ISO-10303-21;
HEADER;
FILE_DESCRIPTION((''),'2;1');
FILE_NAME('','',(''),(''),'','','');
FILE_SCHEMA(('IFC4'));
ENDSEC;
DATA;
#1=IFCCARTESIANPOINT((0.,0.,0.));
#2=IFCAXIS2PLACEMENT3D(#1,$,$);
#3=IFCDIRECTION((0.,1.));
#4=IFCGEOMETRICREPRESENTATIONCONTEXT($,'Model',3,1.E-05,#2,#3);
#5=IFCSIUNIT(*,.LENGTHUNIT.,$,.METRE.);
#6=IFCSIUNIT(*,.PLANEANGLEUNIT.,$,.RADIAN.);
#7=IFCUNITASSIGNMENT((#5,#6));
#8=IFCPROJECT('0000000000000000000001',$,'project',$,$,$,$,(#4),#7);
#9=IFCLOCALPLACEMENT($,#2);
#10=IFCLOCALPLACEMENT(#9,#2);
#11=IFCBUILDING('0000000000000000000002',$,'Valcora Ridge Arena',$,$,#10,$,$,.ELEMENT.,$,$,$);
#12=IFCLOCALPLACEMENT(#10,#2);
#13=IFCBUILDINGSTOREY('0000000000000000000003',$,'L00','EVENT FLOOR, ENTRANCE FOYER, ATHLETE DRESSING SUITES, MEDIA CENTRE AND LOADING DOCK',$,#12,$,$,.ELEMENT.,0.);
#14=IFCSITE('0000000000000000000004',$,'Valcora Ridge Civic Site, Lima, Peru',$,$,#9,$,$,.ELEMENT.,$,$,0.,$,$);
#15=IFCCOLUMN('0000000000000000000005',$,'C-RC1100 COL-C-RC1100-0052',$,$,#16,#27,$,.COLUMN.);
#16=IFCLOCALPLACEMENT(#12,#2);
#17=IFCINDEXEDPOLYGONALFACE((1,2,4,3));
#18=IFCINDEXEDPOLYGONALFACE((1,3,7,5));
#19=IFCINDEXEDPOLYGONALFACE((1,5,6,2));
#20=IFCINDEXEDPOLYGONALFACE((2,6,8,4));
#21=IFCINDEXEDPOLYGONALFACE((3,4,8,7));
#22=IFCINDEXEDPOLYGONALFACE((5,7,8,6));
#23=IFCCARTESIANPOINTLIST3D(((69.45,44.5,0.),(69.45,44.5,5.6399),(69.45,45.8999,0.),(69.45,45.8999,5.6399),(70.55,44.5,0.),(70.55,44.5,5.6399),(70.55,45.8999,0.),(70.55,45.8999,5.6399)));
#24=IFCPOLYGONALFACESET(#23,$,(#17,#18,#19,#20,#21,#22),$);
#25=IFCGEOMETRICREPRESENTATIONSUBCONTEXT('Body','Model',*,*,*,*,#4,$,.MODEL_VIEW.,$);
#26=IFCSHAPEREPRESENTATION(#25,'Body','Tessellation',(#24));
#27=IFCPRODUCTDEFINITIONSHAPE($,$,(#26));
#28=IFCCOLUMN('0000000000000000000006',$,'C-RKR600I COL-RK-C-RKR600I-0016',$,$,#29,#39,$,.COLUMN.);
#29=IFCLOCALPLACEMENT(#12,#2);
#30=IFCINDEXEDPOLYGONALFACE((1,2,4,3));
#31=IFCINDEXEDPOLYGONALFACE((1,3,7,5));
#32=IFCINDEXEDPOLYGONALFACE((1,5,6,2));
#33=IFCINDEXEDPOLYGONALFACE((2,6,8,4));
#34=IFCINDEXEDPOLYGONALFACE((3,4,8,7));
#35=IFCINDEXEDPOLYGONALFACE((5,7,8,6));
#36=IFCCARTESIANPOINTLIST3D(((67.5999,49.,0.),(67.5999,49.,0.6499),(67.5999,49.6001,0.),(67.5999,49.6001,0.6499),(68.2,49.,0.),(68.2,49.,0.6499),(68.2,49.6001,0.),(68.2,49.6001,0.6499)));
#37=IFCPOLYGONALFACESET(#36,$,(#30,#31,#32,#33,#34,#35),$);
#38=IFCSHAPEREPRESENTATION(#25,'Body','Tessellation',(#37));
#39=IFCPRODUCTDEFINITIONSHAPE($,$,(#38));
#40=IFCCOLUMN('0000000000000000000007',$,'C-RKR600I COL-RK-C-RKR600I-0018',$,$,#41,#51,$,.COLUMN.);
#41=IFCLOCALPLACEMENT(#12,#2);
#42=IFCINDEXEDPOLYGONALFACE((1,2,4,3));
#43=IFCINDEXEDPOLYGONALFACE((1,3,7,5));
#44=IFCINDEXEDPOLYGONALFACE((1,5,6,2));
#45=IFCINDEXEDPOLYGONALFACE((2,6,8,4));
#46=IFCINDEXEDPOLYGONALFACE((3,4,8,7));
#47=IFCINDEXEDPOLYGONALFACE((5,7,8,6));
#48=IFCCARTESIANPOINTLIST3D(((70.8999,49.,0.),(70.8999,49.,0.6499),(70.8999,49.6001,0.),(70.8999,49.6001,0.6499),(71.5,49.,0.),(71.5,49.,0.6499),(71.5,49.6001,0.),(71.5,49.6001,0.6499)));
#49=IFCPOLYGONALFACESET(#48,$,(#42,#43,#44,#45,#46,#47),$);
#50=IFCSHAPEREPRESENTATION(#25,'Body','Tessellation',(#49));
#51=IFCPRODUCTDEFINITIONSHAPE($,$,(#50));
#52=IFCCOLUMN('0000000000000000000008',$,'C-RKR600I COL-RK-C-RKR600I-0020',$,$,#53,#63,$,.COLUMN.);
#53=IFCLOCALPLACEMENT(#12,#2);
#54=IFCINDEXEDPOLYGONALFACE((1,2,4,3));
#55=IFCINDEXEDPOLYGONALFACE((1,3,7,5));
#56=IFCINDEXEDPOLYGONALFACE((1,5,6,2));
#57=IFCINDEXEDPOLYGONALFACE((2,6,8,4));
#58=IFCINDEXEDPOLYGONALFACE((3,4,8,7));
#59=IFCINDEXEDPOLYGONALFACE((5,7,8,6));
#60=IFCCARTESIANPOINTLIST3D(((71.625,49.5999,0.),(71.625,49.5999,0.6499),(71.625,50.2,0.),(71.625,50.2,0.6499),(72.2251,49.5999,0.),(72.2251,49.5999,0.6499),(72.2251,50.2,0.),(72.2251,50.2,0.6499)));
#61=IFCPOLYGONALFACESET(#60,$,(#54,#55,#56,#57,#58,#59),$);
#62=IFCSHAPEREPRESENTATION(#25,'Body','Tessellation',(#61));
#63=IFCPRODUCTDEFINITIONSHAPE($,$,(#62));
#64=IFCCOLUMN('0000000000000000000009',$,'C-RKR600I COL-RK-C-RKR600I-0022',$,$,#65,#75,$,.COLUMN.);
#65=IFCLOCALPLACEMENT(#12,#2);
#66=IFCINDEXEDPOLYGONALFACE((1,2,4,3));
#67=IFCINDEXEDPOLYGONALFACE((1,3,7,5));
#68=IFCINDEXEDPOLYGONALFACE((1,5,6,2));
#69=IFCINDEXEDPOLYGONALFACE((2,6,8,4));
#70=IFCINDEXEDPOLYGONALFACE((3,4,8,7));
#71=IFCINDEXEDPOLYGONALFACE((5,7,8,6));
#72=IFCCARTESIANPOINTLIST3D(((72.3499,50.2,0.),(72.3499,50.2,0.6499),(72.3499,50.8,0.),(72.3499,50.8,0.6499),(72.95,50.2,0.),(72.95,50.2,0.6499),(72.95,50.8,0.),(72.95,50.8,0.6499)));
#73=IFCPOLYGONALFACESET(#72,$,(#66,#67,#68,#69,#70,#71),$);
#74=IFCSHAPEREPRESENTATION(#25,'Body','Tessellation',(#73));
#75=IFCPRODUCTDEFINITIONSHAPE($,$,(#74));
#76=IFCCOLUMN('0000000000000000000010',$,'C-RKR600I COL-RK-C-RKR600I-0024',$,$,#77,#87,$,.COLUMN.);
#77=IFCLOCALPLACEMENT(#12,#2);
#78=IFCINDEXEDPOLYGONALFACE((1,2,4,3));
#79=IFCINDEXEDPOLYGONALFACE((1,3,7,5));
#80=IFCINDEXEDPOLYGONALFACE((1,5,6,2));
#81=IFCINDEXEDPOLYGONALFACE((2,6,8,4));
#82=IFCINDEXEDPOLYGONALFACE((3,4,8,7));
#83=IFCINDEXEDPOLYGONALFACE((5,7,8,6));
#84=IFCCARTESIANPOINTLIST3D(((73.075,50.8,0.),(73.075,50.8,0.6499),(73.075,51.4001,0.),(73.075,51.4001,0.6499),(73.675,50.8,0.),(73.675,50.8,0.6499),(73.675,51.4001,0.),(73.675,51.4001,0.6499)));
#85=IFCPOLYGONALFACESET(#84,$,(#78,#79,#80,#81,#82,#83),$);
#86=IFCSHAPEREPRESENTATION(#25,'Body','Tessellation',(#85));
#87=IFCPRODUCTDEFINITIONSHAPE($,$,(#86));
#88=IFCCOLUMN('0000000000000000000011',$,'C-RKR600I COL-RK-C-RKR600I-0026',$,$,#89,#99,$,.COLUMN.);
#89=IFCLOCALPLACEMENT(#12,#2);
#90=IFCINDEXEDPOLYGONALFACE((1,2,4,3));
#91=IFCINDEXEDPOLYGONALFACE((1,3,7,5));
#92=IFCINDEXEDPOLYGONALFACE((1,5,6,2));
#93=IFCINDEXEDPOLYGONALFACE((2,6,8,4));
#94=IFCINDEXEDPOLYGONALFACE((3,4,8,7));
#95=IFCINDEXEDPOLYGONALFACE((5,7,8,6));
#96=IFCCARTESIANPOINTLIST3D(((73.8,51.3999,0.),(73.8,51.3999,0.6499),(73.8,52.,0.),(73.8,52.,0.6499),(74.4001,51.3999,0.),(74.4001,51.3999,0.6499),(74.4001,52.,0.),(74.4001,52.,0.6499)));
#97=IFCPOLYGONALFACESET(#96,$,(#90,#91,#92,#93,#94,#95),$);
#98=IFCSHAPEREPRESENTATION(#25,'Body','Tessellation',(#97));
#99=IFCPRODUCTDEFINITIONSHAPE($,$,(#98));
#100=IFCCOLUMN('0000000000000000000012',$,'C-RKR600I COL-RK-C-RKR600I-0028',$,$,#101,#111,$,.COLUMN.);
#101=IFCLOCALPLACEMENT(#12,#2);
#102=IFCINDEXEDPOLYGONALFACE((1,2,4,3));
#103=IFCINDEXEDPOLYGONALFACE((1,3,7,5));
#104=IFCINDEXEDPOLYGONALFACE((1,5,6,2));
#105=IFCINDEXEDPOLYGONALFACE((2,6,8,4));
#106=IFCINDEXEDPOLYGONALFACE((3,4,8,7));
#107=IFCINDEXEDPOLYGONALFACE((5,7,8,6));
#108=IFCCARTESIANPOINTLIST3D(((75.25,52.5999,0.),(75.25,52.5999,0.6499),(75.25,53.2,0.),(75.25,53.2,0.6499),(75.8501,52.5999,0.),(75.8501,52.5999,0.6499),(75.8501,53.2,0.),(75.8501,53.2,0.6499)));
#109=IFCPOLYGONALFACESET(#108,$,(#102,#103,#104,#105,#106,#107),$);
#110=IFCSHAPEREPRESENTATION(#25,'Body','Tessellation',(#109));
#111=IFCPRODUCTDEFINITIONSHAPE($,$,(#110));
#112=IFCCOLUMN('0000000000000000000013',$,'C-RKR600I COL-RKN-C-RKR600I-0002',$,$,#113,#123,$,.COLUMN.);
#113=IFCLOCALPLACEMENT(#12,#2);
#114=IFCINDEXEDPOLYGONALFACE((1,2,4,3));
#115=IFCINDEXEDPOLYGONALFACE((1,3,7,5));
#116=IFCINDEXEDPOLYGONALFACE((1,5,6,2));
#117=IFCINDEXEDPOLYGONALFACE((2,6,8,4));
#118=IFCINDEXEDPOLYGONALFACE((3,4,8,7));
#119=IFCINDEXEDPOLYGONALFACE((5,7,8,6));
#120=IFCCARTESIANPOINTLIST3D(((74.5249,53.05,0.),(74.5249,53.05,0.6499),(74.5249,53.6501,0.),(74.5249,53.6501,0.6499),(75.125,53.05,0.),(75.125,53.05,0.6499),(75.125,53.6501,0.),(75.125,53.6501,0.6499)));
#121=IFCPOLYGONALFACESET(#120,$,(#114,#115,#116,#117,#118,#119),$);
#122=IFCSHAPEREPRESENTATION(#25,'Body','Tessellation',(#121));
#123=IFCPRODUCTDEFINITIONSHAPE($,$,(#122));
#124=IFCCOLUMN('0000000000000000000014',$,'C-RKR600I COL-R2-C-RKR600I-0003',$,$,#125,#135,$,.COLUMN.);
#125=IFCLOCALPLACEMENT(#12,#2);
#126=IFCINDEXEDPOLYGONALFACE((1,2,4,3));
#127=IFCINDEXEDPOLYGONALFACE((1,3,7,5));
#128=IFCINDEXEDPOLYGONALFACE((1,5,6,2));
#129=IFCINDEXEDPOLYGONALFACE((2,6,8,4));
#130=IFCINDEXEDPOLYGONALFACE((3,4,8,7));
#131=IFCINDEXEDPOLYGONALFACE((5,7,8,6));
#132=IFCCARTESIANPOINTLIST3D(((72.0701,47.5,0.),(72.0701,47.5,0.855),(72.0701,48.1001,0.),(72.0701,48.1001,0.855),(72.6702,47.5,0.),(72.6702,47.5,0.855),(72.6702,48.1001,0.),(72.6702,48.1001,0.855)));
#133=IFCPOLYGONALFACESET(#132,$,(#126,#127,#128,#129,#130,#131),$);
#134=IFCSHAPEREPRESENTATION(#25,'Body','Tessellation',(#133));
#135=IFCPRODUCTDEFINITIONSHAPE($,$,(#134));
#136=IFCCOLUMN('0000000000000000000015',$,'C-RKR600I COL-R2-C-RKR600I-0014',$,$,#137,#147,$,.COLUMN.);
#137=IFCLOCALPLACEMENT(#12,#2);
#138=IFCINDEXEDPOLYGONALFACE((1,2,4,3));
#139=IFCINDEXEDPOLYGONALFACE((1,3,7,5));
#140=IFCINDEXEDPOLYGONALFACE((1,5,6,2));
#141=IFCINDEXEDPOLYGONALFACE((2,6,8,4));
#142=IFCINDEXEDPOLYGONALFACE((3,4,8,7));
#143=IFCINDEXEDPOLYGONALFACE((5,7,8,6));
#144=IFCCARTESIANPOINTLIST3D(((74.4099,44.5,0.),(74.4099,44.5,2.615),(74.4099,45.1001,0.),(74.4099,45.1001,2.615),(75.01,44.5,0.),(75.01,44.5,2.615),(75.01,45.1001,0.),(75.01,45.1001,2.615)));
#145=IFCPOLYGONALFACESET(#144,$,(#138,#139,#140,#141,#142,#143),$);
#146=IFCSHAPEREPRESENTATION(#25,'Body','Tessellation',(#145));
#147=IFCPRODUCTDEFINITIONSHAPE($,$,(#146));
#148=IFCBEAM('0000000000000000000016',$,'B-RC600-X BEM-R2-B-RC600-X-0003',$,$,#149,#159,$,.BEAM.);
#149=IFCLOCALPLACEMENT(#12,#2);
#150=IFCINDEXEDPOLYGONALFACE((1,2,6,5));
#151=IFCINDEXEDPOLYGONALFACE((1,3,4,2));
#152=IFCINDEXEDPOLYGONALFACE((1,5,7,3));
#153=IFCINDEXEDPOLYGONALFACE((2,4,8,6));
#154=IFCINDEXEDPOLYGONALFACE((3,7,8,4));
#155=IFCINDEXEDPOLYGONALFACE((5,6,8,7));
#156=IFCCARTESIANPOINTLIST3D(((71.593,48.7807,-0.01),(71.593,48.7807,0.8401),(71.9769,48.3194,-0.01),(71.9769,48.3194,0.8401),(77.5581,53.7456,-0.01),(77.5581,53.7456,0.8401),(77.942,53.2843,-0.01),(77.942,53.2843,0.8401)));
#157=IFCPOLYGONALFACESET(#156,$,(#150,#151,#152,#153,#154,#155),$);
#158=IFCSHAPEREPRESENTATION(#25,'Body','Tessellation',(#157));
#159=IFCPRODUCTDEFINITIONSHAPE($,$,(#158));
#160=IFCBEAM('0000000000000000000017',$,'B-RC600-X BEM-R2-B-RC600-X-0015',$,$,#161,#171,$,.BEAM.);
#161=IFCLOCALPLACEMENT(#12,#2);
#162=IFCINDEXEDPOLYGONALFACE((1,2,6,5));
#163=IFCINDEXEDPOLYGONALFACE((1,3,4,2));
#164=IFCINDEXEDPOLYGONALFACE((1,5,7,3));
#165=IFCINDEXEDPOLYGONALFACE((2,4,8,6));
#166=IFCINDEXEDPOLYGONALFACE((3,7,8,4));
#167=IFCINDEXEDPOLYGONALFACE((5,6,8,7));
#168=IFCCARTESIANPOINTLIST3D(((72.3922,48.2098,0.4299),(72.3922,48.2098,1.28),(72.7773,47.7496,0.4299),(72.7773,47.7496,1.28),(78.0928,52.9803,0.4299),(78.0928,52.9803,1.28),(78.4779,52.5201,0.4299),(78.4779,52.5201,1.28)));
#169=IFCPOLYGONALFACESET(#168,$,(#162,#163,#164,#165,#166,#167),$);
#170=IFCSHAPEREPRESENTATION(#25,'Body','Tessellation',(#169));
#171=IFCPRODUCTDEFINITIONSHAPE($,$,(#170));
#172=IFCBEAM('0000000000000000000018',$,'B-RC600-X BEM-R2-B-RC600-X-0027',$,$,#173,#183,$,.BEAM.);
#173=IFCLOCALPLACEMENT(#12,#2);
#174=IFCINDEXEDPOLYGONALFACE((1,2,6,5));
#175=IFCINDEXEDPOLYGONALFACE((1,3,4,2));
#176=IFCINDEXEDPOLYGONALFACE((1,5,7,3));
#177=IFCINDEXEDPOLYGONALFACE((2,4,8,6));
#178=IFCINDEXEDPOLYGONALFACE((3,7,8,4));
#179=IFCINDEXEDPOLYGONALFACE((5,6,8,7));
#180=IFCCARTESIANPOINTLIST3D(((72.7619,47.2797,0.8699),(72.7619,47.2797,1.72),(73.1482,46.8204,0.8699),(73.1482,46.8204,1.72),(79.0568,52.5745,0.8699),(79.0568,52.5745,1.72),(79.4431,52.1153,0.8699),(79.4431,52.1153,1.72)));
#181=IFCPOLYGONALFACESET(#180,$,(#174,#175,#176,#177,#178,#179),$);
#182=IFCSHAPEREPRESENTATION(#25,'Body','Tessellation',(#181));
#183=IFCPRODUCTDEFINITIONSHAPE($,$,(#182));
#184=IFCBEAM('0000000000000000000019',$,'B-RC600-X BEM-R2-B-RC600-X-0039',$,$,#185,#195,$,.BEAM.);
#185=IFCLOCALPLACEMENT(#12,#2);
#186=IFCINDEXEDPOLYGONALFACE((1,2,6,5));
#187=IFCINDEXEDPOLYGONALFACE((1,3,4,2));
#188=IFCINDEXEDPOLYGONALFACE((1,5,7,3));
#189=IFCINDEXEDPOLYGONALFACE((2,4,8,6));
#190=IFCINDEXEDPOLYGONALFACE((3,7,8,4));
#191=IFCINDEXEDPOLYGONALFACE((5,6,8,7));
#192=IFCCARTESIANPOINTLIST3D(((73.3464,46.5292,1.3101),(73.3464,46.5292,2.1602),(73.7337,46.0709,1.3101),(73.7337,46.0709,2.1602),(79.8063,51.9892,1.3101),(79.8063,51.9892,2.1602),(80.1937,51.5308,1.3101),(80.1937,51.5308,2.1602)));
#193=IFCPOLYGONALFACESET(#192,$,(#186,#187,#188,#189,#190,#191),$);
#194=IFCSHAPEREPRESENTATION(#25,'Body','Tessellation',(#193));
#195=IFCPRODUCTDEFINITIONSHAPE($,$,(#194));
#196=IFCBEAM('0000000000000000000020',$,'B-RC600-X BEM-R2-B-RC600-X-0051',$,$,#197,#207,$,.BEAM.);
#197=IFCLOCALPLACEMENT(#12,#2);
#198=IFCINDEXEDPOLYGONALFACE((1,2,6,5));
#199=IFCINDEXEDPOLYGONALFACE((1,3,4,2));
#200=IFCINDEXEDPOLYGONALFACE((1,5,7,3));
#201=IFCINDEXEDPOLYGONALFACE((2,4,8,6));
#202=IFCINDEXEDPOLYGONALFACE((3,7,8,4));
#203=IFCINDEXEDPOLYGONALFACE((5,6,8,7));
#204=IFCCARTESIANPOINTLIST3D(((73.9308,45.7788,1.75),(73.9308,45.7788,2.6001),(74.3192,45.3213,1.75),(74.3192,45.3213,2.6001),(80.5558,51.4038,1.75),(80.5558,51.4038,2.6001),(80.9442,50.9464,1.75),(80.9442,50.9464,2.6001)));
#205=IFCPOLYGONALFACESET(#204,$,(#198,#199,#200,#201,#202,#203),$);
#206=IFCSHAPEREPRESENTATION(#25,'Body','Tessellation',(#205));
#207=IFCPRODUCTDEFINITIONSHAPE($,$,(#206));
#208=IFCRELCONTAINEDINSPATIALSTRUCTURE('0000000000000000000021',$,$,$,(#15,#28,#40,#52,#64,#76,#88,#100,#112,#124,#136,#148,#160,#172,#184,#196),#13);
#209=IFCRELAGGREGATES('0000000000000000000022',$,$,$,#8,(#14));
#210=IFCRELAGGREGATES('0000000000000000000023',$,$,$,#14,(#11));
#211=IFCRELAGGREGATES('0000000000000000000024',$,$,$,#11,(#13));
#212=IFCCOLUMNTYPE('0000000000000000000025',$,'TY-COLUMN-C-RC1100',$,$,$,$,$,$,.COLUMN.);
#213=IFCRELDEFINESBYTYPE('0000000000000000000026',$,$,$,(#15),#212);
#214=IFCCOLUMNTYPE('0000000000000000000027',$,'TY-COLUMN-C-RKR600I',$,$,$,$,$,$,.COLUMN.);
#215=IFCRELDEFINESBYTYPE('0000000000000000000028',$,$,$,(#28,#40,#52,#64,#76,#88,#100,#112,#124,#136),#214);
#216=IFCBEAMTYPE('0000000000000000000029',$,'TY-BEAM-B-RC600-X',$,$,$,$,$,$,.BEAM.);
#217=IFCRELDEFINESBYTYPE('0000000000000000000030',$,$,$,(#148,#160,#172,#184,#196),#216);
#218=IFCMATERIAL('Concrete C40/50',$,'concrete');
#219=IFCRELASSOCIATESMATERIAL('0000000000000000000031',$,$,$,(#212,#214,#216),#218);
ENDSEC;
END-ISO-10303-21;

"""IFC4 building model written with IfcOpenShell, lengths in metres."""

from ifc_helpers import new_model, si_unit, direction, frame, origin, origin_2d, place, context, subcontext, project, spatial, rectangle, extrude, material, material_profile, profile_set, type_object, element, save


model = new_model("IFC4")

# Units and contexts
model_context = context("Model", 3, precision=1e-05, world=origin(), true_north=direction((0.0, 1.0)))
body_context = subcontext(model_context, "Body", "Model", "MODEL_VIEW")
ifc_project = project(units=[si_unit("LENGTHUNIT", "METRE"), si_unit("PLANEANGLEUNIT", "RADIAN")], contexts=[model_context])

# Site, building, storey
site_placement = place(None, origin())
site = spatial("IfcSite", under=ifc_project, at=site_placement, Name="Valcora Ridge Civic Site, Lima, Peru", CompositionType="ELEMENT", RefElevation=0.0)
building_placement = place(site_placement, origin())
building = spatial("IfcBuilding", under=site, at=building_placement, Name="Valcora Ridge Arena", CompositionType="ELEMENT")
storey_placement = place(building_placement, origin())
storey = spatial("IfcBuildingStorey", under=building, at=storey_placement, Name="L00", Description="EVENT FLOOR, ENTRANCE FOYER, ATHLETE DRESSING SUITES, MEDIA CENTRE AND LOADING DOCK", CompositionType="ELEMENT", Elevation=0.0)

# Columns
ifc_material_1 = material(Name="Concrete C40/50", Category="concrete")
ifc_material_profile_1 = material_profile(ifc_material_1, rectangle(XDim=1.1001, YDim=1.3999, at=origin_2d()), Name="RC 1100x1400")
ifc_profile_set_1 = profile_set([ifc_material_profile_1], Name="Concrete C40/50")
column_type_1 = type_object("IfcColumnType", Name="TY-COLUMN-C-RC1100", PredefinedType="COLUMN", material=ifc_profile_set_1)
column_1_placement = place(storey_placement, frame((70.0, 45.2, 0.0), z_axis=(0.0, 0.0, 1.0), x_axis=(1.0, 0.0, 0.0)))
element("IfcColumn", 1, at=column_1_placement, inside=storey, type_object=column_type_1, Name="C-RC1100 COL-C-RC1100-0052", PredefinedType="COLUMN", context=body_context, shape_type="SweptSolid", body=[
    extrude(rectangle(XDim=1.1001, YDim=1.3999, at=origin_2d()), origin(), (0.0, 0.0, 1.0), 5.6399),
])
ifc_material_profile_2 = material_profile(ifc_material_1, rectangle(XDim=0.6001, YDim=0.6001, at=origin_2d()), Name="RC 600x600")
ifc_profile_set_2 = profile_set([ifc_material_profile_2], Name="Concrete C40/50")
column_type_2 = type_object("IfcColumnType", Name="TY-COLUMN-C-RKR600I", PredefinedType="COLUMN", material=ifc_profile_set_2)
for number, where, z_axis, x_axis, name in (
    (2, (67.8999, 49.3, 0.0), (0.0, 0.0, 1.0), (1.0, 0.0, 0.0), "C-RKR600I COL-RK-C-RKR600I-0016"),
    (3, (71.2, 49.3, 0.0), (0.0, 0.0, 1.0), (1.0, 0.0, 0.0), "C-RKR600I COL-RK-C-RKR600I-0018"),
    (4, (71.925, 49.8999, 0.0), (0.0, 0.0, 1.0), (1.0, 0.0, 0.0), "C-RKR600I COL-RK-C-RKR600I-0020"),
    (5, (72.6499, 50.5, 0.0), (0.0, 0.0, 1.0), (1.0, 0.0, 0.0), "C-RKR600I COL-RK-C-RKR600I-0022"),
    (6, (73.375, 51.1001, 0.0), (0.0, 0.0, 1.0), (1.0, 0.0, 0.0), "C-RKR600I COL-RK-C-RKR600I-0024"),
    (7, (74.1001, 51.7, 0.0), (0.0, 0.0, 1.0), (1.0, 0.0, 0.0), "C-RKR600I COL-RK-C-RKR600I-0026"),
    (8, (75.55, 52.8999, 0.0), (0.0, 0.0, 1.0), (1.0, 0.0, 0.0), "C-RKR600I COL-RK-C-RKR600I-0028"),
    (9, (74.825, 53.3501, 0.0), (0.0, 0.0, 1.0), (1.0, 0.0, 0.0), "C-RKR600I COL-RKN-C-RKR600I-0002"),
):
    element("IfcColumn", number, at=place(storey_placement, frame(where, z_axis=z_axis, x_axis=x_axis)), inside=storey, type_object=column_type_2, Name=name, PredefinedType="COLUMN", context=body_context, shape_type="SweptSolid", body=[
        extrude(rectangle(XDim=0.6001, YDim=0.6001, at=origin_2d()), origin(), (0.0, 0.0, 1.0), 0.6499),
    ])
column_2_placement = place(storey_placement, frame((72.3701, 47.8, 0.0), z_axis=(0.0, 0.0, 1.0), x_axis=(1.0, 0.0, 0.0)))
element("IfcColumn", 10, at=column_2_placement, inside=storey, type_object=column_type_2, Name="C-RKR600I COL-R2-C-RKR600I-0003", PredefinedType="COLUMN", context=body_context, shape_type="SweptSolid", body=[
    extrude(rectangle(XDim=0.6001, YDim=0.6001, at=origin_2d()), origin(), (0.0, 0.0, 1.0), 0.855),
])
column_3_placement = place(storey_placement, frame((74.71, 44.8, 0.0), z_axis=(0.0, 0.0, 1.0), x_axis=(1.0, 0.0, 0.0)))
element("IfcColumn", 11, at=column_3_placement, inside=storey, type_object=column_type_2, Name="C-RKR600I COL-R2-C-RKR600I-0014", PredefinedType="COLUMN", context=body_context, shape_type="SweptSolid", body=[
    extrude(rectangle(XDim=0.6001, YDim=0.6001, at=origin_2d()), origin(), (0.0, 0.0, 1.0), 2.615),
])

# Beams
ifc_material_profile_3 = material_profile(ifc_material_1, rectangle(XDim=0.6001, YDim=0.8501, at=origin_2d()), Name="RC 600x850")
ifc_profile_set_3 = profile_set([ifc_material_profile_3], Name="Concrete C40/50")
beam_type = type_object("IfcBeamType", Name="TY-BEAM-B-RC600-X", PredefinedType="BEAM", material=ifc_profile_set_3)
beam_1_placement = place(storey_placement, frame((71.7849, 48.55, 0.415), z_axis=(0.768605, 0.639723, 0.0), x_axis=(-0.639723, 0.768605, 0.0)))
element("IfcBeam", 12, at=beam_1_placement, inside=storey, type_object=beam_type, Name="B-RC600-X BEM-R2-B-RC600-X-0003", PredefinedType="BEAM", context=body_context, shape_type="SweptSolid", body=[
    extrude(rectangle(XDim=0.6001, YDim=0.8501, at=origin_2d()), origin(), (0.0, 0.0, 1.0), 7.761),
])
beam_2_placement = place(storey_placement, frame((72.5847, 47.9797, 0.855), z_axis=(0.766901, 0.641766, 0.0), x_axis=(-0.641766, 0.766901, 0.0)))
element("IfcBeam", 13, at=beam_2_placement, inside=storey, type_object=beam_type, Name="B-RC600-X BEM-R2-B-RC600-X-0015", PredefinedType="BEAM", context=body_context, shape_type="SweptSolid", body=[
    extrude(rectangle(XDim=0.6001, YDim=0.8501, at=origin_2d()), origin(), (0.0, 0.0, 1.0), 7.4333),
])
beam_3_placement = place(storey_placement, frame((72.9551, 47.05, 1.2949), z_axis=(0.765274, 0.643704, 0.0), x_axis=(-0.643704, 0.765274, 0.0)))
element("IfcBeam", 14, at=beam_3_placement, inside=storey, type_object=beam_type, Name="B-RC600-X BEM-R2-B-RC600-X-0027", PredefinedType="BEAM", context=body_context, shape_type="SweptSolid", body=[
    extrude(rectangle(XDim=0.6001, YDim=0.8501, at=origin_2d()), origin(), (0.0, 0.0, 1.0), 8.2256),
])
beam_4_placement = place(storey_placement, frame((73.54, 46.3, 1.7351), z_axis=(0.763745, 0.645518, 0.0), x_axis=(-0.645518, 0.763745, 0.0)))
element("IfcBeam", 15, at=beam_4_placement, inside=storey, type_object=beam_type, Name="B-RC600-X BEM-R2-B-RC600-X-0039", PredefinedType="BEAM", context=body_context, shape_type="SweptSolid", body=[
    extrude(rectangle(XDim=0.6001, YDim=0.8501, at=origin_2d()), origin(), (0.0, 0.0, 1.0), 8.4583),
])
beam_5_placement = place(storey_placement, frame((74.125, 45.55, 2.175), z_axis=(0.762294, 0.647231, 0.0), x_axis=(-0.647231, 0.762294, 0.0)))
element("IfcBeam", 16, at=beam_5_placement, inside=storey, type_object=beam_type, Name="B-RC600-X BEM-R2-B-RC600-X-0051", PredefinedType="BEAM", context=body_context, shape_type="SweptSolid", body=[
    extrude(rectangle(XDim=0.6001, YDim=0.8501, at=origin_2d()), origin(), (0.0, 0.0, 1.0), 8.6909),
])

save(model, "model.ifc")
